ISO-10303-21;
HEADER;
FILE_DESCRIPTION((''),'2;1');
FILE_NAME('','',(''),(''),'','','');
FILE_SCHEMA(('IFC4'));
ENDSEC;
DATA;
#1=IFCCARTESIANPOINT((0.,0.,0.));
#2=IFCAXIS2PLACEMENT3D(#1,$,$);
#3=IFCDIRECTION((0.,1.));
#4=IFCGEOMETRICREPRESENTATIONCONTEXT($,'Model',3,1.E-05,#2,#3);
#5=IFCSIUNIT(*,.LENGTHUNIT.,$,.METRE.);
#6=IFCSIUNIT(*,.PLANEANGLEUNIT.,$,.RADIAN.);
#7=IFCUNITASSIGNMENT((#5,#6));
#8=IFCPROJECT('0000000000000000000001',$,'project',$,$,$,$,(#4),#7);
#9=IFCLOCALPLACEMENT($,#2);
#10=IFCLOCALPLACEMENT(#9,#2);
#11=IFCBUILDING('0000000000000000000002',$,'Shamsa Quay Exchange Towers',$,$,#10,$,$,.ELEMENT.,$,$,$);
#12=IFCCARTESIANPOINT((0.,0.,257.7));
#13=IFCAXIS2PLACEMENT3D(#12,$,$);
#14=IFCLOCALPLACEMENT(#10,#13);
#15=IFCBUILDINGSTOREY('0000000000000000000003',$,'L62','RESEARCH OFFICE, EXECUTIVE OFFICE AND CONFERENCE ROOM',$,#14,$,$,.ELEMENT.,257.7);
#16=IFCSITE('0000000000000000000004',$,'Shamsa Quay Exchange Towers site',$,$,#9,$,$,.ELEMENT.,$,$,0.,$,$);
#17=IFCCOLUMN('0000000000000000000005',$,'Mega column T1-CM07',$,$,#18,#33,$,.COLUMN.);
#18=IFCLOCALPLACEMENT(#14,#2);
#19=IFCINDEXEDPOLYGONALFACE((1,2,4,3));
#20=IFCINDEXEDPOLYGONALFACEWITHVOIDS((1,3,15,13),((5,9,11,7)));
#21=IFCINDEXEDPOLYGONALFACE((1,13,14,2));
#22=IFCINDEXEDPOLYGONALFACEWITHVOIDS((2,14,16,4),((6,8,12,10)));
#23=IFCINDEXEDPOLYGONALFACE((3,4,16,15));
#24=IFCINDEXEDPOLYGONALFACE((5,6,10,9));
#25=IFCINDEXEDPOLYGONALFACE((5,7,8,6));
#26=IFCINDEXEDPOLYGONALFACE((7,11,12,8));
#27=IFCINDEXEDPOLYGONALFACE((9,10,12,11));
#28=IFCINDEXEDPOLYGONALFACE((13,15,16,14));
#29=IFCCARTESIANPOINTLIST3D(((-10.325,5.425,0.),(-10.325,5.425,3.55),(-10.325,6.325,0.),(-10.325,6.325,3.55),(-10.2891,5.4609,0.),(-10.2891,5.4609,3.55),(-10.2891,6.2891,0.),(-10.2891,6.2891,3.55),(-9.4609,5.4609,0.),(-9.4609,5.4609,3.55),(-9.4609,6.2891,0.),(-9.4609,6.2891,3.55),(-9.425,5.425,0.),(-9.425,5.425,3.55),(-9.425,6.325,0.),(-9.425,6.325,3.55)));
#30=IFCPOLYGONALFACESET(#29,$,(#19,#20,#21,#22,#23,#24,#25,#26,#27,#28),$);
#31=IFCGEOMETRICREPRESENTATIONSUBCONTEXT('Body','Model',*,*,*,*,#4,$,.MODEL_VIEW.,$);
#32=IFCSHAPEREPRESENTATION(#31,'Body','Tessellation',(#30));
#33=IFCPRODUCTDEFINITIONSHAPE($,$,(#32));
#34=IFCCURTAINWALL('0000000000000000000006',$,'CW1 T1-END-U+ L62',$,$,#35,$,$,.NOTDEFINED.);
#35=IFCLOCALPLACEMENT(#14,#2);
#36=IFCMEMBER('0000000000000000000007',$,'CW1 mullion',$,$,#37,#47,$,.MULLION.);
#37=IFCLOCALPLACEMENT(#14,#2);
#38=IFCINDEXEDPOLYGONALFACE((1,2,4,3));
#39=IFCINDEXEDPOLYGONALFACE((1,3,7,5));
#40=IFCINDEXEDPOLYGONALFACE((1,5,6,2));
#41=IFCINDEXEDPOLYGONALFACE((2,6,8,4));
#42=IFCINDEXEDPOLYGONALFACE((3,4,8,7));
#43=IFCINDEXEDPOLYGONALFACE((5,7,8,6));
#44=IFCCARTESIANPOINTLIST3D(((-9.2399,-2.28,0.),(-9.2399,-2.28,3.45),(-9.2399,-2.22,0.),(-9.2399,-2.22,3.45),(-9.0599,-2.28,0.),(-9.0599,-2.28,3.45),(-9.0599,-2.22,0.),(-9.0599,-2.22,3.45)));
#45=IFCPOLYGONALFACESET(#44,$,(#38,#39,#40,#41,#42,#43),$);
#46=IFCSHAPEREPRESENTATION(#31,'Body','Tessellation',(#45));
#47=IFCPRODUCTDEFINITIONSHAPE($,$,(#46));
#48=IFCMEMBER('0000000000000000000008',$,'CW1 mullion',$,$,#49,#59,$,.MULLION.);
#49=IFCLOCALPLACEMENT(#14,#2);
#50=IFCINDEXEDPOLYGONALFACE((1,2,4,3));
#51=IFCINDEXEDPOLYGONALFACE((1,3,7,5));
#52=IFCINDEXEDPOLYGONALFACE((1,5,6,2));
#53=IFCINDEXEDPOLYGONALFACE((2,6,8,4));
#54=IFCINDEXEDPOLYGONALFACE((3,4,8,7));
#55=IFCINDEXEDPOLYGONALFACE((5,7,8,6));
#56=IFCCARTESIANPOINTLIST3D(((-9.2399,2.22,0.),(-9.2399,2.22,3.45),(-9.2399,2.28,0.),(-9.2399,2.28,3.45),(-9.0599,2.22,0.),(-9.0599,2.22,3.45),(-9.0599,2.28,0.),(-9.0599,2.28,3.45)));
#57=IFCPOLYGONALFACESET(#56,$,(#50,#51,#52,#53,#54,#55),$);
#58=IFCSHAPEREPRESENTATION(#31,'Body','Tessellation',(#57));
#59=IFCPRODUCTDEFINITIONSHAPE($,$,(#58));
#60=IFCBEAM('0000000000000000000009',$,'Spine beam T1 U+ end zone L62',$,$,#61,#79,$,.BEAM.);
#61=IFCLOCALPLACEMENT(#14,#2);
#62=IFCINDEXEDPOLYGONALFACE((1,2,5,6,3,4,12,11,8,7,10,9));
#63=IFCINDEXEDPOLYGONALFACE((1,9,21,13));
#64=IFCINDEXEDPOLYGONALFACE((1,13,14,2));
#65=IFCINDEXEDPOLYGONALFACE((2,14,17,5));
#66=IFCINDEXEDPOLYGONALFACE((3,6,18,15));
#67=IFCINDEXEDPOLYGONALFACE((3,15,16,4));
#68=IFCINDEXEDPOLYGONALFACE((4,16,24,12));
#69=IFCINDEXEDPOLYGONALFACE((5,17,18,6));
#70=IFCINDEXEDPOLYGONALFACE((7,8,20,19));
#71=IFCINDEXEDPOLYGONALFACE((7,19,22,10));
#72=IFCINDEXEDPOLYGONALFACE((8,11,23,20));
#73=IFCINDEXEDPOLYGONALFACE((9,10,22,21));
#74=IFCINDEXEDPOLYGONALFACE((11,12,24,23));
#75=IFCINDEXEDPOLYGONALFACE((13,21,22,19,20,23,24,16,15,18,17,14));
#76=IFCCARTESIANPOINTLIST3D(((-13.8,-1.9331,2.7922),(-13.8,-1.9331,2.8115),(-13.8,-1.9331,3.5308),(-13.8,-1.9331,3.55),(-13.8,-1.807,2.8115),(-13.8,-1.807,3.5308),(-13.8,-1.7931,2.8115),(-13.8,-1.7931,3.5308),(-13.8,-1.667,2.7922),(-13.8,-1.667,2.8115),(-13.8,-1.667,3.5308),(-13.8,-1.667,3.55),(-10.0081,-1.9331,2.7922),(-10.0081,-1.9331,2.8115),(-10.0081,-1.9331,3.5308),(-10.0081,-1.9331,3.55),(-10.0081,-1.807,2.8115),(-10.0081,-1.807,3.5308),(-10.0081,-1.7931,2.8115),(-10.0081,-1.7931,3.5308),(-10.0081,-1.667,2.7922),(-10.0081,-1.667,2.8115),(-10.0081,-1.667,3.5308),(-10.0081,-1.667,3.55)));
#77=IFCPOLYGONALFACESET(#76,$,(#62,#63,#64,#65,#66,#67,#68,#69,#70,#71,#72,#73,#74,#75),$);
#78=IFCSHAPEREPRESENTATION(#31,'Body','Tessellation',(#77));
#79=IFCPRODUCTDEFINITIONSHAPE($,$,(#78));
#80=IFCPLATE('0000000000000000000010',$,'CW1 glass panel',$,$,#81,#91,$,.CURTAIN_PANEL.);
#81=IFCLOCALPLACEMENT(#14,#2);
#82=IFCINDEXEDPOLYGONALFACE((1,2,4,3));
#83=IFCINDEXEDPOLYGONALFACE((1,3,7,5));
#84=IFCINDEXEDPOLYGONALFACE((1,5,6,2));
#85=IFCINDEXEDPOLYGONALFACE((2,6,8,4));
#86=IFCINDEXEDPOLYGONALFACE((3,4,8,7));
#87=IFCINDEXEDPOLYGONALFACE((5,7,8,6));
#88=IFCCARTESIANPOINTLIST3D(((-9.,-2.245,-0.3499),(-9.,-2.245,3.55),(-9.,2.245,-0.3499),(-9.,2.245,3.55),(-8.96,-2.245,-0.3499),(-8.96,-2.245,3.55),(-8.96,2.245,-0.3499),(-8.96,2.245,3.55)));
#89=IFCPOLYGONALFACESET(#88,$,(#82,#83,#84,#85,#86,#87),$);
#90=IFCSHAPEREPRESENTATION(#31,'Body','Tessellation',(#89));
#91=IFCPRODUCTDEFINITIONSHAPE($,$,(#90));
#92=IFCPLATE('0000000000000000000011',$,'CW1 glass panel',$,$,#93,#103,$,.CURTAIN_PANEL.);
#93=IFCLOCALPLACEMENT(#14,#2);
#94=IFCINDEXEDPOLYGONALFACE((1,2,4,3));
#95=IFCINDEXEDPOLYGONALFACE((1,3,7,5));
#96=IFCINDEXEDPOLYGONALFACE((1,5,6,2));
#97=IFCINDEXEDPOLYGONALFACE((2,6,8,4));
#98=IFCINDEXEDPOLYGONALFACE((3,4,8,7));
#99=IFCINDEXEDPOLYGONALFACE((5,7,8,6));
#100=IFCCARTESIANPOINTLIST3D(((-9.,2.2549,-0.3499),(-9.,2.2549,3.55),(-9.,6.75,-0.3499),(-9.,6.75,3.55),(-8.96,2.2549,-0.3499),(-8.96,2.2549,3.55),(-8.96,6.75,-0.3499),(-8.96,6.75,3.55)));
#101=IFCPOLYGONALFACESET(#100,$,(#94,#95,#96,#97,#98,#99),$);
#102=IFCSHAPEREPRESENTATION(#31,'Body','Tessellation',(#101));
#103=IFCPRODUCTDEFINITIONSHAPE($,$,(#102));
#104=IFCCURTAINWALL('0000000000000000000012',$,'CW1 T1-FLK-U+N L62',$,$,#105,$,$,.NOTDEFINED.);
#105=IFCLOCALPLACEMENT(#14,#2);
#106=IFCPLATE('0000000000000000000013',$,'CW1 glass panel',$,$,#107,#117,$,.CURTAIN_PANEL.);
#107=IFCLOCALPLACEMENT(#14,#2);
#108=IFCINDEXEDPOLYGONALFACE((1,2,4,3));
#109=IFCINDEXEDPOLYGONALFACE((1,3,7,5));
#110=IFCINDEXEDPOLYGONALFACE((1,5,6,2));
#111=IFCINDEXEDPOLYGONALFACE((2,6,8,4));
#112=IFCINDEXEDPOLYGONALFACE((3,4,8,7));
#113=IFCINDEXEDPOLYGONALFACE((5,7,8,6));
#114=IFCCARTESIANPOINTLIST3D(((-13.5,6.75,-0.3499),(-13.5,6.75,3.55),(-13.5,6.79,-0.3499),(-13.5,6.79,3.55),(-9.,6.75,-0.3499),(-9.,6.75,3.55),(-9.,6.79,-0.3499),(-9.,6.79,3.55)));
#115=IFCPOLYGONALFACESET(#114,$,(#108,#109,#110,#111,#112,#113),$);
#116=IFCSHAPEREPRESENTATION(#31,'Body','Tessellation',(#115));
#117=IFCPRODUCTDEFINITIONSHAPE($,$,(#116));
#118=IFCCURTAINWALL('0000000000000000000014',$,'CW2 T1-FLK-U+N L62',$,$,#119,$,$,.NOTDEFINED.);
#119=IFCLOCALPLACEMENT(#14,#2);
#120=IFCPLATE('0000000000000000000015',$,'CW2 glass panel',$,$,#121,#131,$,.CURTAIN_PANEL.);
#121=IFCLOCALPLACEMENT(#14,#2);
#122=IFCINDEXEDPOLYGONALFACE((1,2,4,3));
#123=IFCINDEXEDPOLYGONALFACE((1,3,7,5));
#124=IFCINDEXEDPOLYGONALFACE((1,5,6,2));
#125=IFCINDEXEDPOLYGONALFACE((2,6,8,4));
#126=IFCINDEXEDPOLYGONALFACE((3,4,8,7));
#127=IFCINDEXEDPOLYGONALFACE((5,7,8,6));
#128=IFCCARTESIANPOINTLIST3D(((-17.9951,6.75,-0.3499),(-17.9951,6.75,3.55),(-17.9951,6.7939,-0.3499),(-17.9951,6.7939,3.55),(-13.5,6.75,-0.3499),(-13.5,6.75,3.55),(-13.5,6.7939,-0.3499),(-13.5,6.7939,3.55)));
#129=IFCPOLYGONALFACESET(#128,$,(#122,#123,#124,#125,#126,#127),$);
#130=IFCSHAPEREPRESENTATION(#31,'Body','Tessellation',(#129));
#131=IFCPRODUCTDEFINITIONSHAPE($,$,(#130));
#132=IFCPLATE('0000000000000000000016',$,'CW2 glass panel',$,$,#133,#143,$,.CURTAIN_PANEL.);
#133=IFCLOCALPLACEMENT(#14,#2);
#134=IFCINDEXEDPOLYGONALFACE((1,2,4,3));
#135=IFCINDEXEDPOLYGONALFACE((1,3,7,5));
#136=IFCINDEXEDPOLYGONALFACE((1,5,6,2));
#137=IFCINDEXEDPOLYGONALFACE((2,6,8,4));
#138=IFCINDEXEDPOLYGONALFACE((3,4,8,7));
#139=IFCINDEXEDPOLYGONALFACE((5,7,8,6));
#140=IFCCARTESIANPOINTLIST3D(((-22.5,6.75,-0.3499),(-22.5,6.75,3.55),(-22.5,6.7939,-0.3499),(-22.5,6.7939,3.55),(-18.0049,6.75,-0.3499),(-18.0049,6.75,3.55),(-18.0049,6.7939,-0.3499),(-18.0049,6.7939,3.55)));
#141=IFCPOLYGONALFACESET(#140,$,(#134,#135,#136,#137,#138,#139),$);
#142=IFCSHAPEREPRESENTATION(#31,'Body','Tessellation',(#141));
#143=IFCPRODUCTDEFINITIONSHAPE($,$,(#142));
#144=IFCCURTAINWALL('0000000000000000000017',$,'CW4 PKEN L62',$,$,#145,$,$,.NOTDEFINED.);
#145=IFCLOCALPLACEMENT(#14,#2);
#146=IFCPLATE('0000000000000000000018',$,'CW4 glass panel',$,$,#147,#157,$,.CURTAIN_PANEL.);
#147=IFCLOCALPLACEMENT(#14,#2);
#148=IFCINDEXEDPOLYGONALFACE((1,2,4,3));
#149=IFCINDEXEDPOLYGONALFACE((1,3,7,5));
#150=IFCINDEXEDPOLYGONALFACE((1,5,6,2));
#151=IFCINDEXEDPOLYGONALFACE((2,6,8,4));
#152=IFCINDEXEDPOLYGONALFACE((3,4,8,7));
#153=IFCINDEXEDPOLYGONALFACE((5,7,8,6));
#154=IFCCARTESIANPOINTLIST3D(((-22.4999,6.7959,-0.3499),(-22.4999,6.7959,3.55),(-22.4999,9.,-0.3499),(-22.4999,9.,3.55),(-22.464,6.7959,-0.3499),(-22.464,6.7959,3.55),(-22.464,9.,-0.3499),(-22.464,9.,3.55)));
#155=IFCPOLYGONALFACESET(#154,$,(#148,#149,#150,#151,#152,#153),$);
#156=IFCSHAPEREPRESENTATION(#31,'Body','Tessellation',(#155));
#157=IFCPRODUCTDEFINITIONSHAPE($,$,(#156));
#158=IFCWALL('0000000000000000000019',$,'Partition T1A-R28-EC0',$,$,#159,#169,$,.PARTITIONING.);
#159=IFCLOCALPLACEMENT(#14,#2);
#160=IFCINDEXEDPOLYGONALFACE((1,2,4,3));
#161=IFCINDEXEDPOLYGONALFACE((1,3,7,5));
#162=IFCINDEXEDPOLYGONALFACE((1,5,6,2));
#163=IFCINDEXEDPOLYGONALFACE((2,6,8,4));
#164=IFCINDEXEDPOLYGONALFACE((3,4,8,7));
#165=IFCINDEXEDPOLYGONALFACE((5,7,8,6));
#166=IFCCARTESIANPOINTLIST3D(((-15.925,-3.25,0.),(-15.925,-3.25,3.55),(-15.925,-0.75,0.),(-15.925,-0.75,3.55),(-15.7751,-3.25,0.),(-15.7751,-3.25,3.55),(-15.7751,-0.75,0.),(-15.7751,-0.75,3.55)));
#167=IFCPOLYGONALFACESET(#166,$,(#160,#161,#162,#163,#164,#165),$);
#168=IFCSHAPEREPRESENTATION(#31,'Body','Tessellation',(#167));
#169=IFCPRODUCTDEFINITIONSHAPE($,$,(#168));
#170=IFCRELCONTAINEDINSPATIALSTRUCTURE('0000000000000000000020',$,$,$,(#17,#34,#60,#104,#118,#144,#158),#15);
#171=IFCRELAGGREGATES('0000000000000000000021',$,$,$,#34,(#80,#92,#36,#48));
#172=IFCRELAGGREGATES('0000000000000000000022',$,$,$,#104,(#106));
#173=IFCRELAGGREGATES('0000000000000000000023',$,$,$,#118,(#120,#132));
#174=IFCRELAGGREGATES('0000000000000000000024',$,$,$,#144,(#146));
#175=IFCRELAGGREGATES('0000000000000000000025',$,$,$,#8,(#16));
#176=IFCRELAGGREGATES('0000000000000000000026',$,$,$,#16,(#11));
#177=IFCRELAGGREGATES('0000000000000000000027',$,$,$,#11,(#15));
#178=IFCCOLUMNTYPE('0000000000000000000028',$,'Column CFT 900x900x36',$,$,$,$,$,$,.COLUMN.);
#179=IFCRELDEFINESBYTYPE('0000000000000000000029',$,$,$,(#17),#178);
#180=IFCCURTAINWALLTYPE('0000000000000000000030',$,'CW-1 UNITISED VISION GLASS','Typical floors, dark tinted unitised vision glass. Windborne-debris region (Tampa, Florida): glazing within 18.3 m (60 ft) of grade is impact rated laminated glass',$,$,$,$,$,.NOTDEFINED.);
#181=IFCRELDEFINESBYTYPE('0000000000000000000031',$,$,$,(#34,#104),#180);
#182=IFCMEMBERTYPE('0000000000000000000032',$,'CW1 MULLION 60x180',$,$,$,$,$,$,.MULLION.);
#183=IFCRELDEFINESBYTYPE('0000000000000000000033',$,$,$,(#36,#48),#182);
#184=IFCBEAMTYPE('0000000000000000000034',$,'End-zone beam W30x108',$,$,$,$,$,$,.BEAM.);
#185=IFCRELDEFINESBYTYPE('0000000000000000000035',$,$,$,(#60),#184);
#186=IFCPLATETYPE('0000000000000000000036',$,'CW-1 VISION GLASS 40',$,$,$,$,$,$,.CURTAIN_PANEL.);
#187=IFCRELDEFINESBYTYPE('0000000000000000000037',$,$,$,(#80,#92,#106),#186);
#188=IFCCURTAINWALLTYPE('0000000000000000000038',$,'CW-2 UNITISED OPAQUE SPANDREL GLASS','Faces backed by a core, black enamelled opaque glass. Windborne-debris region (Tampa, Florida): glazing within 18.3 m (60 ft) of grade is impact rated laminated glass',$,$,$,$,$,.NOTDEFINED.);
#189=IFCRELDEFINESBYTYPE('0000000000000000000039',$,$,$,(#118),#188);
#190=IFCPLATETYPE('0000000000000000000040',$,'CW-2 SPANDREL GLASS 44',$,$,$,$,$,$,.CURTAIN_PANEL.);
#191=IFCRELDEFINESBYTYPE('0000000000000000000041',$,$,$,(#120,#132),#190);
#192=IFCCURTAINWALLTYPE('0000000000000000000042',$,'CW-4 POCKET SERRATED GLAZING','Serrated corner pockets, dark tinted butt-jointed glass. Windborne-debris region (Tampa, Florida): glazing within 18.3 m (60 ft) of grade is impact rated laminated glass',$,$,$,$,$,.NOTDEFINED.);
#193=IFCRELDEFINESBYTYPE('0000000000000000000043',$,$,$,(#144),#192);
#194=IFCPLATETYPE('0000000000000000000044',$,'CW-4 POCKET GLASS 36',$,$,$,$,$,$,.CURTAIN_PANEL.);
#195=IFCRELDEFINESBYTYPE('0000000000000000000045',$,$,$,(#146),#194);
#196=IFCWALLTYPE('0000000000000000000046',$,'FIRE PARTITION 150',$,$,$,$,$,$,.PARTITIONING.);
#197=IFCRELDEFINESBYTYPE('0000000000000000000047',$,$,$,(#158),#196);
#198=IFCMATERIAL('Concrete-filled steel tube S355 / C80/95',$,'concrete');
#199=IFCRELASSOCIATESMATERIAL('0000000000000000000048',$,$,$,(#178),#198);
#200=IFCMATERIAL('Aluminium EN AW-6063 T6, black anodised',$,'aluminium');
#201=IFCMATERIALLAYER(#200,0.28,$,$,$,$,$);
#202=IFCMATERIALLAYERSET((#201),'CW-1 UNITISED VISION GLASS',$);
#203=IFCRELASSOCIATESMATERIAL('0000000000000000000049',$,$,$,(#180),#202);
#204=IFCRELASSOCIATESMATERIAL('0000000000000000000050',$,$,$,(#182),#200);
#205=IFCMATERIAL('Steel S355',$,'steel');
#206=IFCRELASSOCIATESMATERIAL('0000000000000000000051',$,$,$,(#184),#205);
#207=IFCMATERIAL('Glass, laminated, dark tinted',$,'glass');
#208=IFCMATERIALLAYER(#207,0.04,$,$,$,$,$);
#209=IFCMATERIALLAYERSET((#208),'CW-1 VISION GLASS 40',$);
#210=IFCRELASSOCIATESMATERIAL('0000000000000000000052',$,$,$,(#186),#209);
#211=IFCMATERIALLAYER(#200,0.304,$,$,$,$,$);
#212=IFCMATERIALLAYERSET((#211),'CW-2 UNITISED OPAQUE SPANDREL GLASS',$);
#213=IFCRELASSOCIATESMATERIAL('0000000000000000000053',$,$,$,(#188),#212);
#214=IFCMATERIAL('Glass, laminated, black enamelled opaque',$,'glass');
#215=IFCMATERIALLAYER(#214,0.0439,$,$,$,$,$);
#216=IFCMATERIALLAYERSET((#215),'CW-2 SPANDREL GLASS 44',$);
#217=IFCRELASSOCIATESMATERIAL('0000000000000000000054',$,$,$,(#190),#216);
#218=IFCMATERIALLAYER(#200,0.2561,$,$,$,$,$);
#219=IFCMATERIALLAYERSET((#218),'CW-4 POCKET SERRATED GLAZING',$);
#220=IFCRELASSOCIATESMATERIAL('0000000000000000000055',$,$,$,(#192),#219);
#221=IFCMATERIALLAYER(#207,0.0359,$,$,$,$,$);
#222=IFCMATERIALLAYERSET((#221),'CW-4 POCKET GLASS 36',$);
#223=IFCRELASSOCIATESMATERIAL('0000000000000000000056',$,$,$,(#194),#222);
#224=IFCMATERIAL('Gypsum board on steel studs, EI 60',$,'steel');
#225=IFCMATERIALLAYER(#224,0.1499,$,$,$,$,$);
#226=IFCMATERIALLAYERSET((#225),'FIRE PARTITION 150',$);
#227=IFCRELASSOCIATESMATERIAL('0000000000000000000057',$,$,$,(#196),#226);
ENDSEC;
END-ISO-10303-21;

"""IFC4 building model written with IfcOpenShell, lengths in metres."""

from ifc_helpers import new_model, si_unit, direction, frame, frame_2d, origin, origin_2d, place, context, subcontext, project, spatial, rectangle, hollow_rectangle, i_section, extrude, material, layer, layer_set, material_profile, profile_set, type_object, element, aggregate, save


model = new_model("IFC4")

# Units and contexts
model_context = context("Model", 3, precision=1e-05, world=origin(), true_north=direction((0.0, 1.0)))
body_context = subcontext(model_context, "Body", "Model", "MODEL_VIEW")
ifc_project = project(units=[si_unit("LENGTHUNIT", "METRE"), si_unit("PLANEANGLEUNIT", "RADIAN")], contexts=[model_context])

# Site, building, storey
site_placement = place(None, origin())
site = spatial("IfcSite", under=ifc_project, at=site_placement, Name="Shamsa Quay Exchange Towers site", CompositionType="ELEMENT", RefElevation=0.0)
building_placement = place(site_placement, origin())
building = spatial("IfcBuilding", under=site, at=building_placement, Name="Shamsa Quay Exchange Towers", CompositionType="ELEMENT")
storey_placement = place(building_placement, frame((0.0, 0.0, 257.7)))
storey = spatial("IfcBuildingStorey", under=building, at=storey_placement, Name="L62", Description="RESEARCH OFFICE, EXECUTIVE OFFICE AND CONFERENCE ROOM", CompositionType="ELEMENT", Elevation=257.7)

# Column
ifc_material_1 = material(Name="Concrete-filled steel tube S355 / C80/95", Category="concrete")
ifc_material_profile_1 = material_profile(ifc_material_1, hollow_rectangle(XDim=0.8999, YDim=0.8999, WallThickness=0.0359, at=origin_2d()), Name="CFT 900x900x36")
ifc_profile_set_1 = profile_set([ifc_material_profile_1], Name="Concrete-filled steel tube S355 / C80/95")
column_type = type_object("IfcColumnType", Name="Column CFT 900x900x36", PredefinedType="COLUMN", material=ifc_profile_set_1)
column_placement = place(storey_placement, frame((-9.875, 5.875, 0.0)))
element("IfcColumn", 1, at=column_placement, inside=storey, type_object=column_type, Name="Mega column T1-CM07", PredefinedType="COLUMN", context=body_context, shape_type="SweptSolid", body=[
    extrude(hollow_rectangle(XDim=0.8999, YDim=0.8999, WallThickness=0.0359, at=origin_2d()), origin(), (0.0, 0.0, 1.0), 3.55),
])

# Curtain wall, members
ifc_material_2 = material(Name="Aluminium EN AW-6063 T6, black anodised", Category="aluminium")
ifc_layer_1 = layer(ifc_material_2, 0.28)
ifc_layer_set_1 = layer_set([ifc_layer_1], Name="CW-1 UNITISED VISION GLASS")
curtain_wall_type_1 = type_object("IfcCurtainWallType", Name="CW-1 UNITISED VISION GLASS", Description="Typical floors, dark tinted unitised vision glass. Windborne-debris region (Tampa, Florida): glazing within 18.3 m (60 ft) of grade is impact rated laminated glass", PredefinedType="NOTDEFINED", material=ifc_layer_set_1)
curtain_wall_1_placement = place(storey_placement, origin())
curtain_wall_1 = element("IfcCurtainWall", 2, at=curtain_wall_1_placement, inside=storey, type_object=curtain_wall_type_1, Name="CW1 T1-END-U+ L62", PredefinedType="NOTDEFINED")
ifc_material_profile_2 = material_profile(ifc_material_2, rectangle(XDim=0.1799, YDim=0.0601, at=origin_2d()), Name="MU60x180")
ifc_profile_set_2 = profile_set([ifc_material_profile_2], Name="Aluminium EN AW-6063 T6, black anodised")
member_type = type_object("IfcMemberType", Name="CW1 MULLION 60x180", PredefinedType="MULLION", material=ifc_profile_set_2)
member_1_placement = place(storey_placement, frame((-9.1499, -2.25, 0.0), z_axis=(0.0, 0.0, 1.0), x_axis=(-1.0, 0.0, 0.0)))
member_1 = element("IfcMember", 3, at=member_1_placement, type_object=member_type, Name="CW1 mullion", PredefinedType="MULLION", context=body_context, shape_type="SweptSolid", body=[
    extrude(rectangle(XDim=0.1799, YDim=0.0601, at=origin_2d()), origin(), (0.0, 0.0, 1.0), 3.45),
])
member_2_placement = place(storey_placement, frame((-9.1499, 2.25, 0.0), z_axis=(0.0, 0.0, 1.0), x_axis=(-1.0, 0.0, 0.0)))
member_2 = element("IfcMember", 4, at=member_2_placement, type_object=member_type, Name="CW1 mullion", PredefinedType="MULLION", context=body_context, shape_type="SweptSolid", body=[
    extrude(rectangle(XDim=0.1799, YDim=0.0601, at=origin_2d()), origin(), (0.0, 0.0, 1.0), 3.45),
])

# Beam
ifc_material_3 = material(Name="Steel S355", Category="steel")
ifc_material_profile_3 = material_profile(ifc_material_3, i_section(OverallWidth=0.2661, OverallDepth=0.7578, WebThickness=0.0139, FlangeThickness=0.0193, at=origin_2d()), Name="W30x108")
ifc_profile_set_3 = profile_set([ifc_material_profile_3], Name="Steel S355")
beam_type = type_object("IfcBeamType", Name="End-zone beam W30x108", PredefinedType="BEAM", material=ifc_profile_set_3)
beam_placement = place(storey_placement, frame((-13.8, -1.8, 3.1711), z_axis=(1.0, 0.0, 0.0), x_axis=(0.0, 1.0, 0.0)))
element("IfcBeam", 5, at=beam_placement, inside=storey, type_object=beam_type, Name="Spine beam T1 U+ end zone L62", PredefinedType="BEAM", context=body_context, shape_type="SweptSolid", body=[
    extrude(i_section(OverallWidth=0.2661, OverallDepth=0.7578, WebThickness=0.0139, FlangeThickness=0.0193, at=origin_2d()), origin(), (0.0, 0.0, 1.0), 3.792),
])

# Plates
ifc_material_4 = material(Name="Glass, laminated, dark tinted", Category="glass")
ifc_layer_2 = layer(ifc_material_4, 0.04)
ifc_layer_set_2 = layer_set([ifc_layer_2], Name="CW-1 VISION GLASS 40")
plate_type_1 = type_object("IfcPlateType", Name="CW-1 VISION GLASS 40", PredefinedType="CURTAIN_PANEL", material=ifc_layer_set_2)
plate_1_placement = place(storey_placement, frame((-8.98, 0.0, -0.3499), z_axis=(0.0, 0.0, 1.0), x_axis=(0.0, 1.0, 0.0)))
plate_1 = element("IfcPlate", 6, at=plate_1_placement, type_object=plate_type_1, Name="CW1 glass panel", PredefinedType="CURTAIN_PANEL", context=body_context, shape_type="SweptSolid", body=[
    extrude(rectangle(XDim=4.49, YDim=0.04, at=origin_2d()), origin(), (0.0, 0.0, 1.0), 3.8999),
])
plate_2_placement = place(storey_placement, frame((-8.98, 4.5024, -0.3499), z_axis=(0.0, 0.0, 1.0), x_axis=(0.0, 1.0, 0.0)))
plate_2 = element("IfcPlate", 7, at=plate_2_placement, type_object=plate_type_1, Name="CW1 glass panel", PredefinedType="CURTAIN_PANEL", context=body_context, shape_type="SweptSolid", body=[
    extrude(rectangle(XDim=4.4951, YDim=0.04, at=origin_2d()), origin(), (0.0, 0.0, 1.0), 3.8999),
])
aggregate(curtain_wall_1, [plate_1, plate_2, member_1, member_2])

# Curtain wall, plate
curtain_wall_2_placement = place(storey_placement, origin())
curtain_wall_2 = element("IfcCurtainWall", 8, at=curtain_wall_2_placement, inside=storey, type_object=curtain_wall_type_1, Name="CW1 T1-FLK-U+N L62", PredefinedType="NOTDEFINED")
plate_3_placement = place(storey_placement, frame((-11.25, 6.77, -0.3499), z_axis=(0.0, 0.0, 1.0), x_axis=(-1.0, 0.0, 0.0)))
plate_3 = element("IfcPlate", 9, at=plate_3_placement, type_object=plate_type_1, Name="CW1 glass panel", PredefinedType="CURTAIN_PANEL", context=body_context, shape_type="SweptSolid", body=[
    extrude(rectangle(XDim=4.5, YDim=0.04, at=origin_2d()), origin(), (0.0, 0.0, 1.0), 3.8999),
])
aggregate(curtain_wall_2, [plate_3])

# Curtain wall, plates
ifc_layer_3 = layer(ifc_material_2, 0.304)
ifc_layer_set_3 = layer_set([ifc_layer_3], Name="CW-2 UNITISED OPAQUE SPANDREL GLASS")
curtain_wall_type_2 = type_object("IfcCurtainWallType", Name="CW-2 UNITISED OPAQUE SPANDREL GLASS", Description="Faces backed by a core, black enamelled opaque glass. Windborne-debris region (Tampa, Florida): glazing within 18.3 m (60 ft) of grade is impact rated laminated glass", PredefinedType="NOTDEFINED", material=ifc_layer_set_3)
curtain_wall_3_placement = place(storey_placement, origin())
curtain_wall_3 = element("IfcCurtainWall", 10, at=curtain_wall_3_placement, inside=storey, type_object=curtain_wall_type_2, Name="CW2 T1-FLK-U+N L62", PredefinedType="NOTDEFINED")
ifc_material_5 = material(Name="Glass, laminated, black enamelled opaque", Category="glass")
ifc_layer_4 = layer(ifc_material_5, 0.0439)
ifc_layer_set_4 = layer_set([ifc_layer_4], Name="CW-2 SPANDREL GLASS 44")
plate_type_2 = type_object("IfcPlateType", Name="CW-2 SPANDREL GLASS 44", PredefinedType="CURTAIN_PANEL", material=ifc_layer_set_4)
plate_4_placement = place(storey_placement, frame((-15.7476, 6.772, -0.3499), z_axis=(0.0, 0.0, 1.0), x_axis=(-1.0, 0.0, 0.0)))
plate_4 = element("IfcPlate", 11, at=plate_4_placement, type_object=plate_type_2, Name="CW2 glass panel", PredefinedType="CURTAIN_PANEL", context=body_context, shape_type="SweptSolid", body=[
    extrude(rectangle(XDim=4.4951, YDim=0.0439, at=origin_2d()), origin(), (0.0, 0.0, 1.0), 3.8999),
])
plate_5_placement = place(storey_placement, frame((-20.2524, 6.772, -0.3499), z_axis=(0.0, 0.0, 1.0), x_axis=(-1.0, 0.0, 0.0)))
plate_5 = element("IfcPlate", 12, at=plate_5_placement, type_object=plate_type_2, Name="CW2 glass panel", PredefinedType="CURTAIN_PANEL", context=body_context, shape_type="SweptSolid", body=[
    extrude(rectangle(XDim=4.4951, YDim=0.0439, at=origin_2d()), origin(), (0.0, 0.0, 1.0), 3.8999),
])
aggregate(curtain_wall_3, [plate_4, plate_5])

# Curtain wall, plate
ifc_layer_5 = layer(ifc_material_2, 0.2561)
ifc_layer_set_5 = layer_set([ifc_layer_5], Name="CW-4 POCKET SERRATED GLAZING")
curtain_wall_type_3 = type_object("IfcCurtainWallType", Name="CW-4 POCKET SERRATED GLAZING", Description="Serrated corner pockets, dark tinted butt-jointed glass. Windborne-debris region (Tampa, Florida): glazing within 18.3 m (60 ft) of grade is impact rated laminated glass", PredefinedType="NOTDEFINED", material=ifc_layer_set_5)
curtain_wall_4_placement = place(storey_placement, origin())
curtain_wall_4 = element("IfcCurtainWall", 13, at=curtain_wall_4_placement, inside=storey, type_object=curtain_wall_type_3, Name="CW4 PKEN L62", PredefinedType="NOTDEFINED")
ifc_layer_6 = layer(ifc_material_4, 0.0359)
ifc_layer_set_6 = layer_set([ifc_layer_6], Name="CW-4 POCKET GLASS 36")
plate_type_3 = type_object("IfcPlateType", Name="CW-4 POCKET GLASS 36", PredefinedType="CURTAIN_PANEL", material=ifc_layer_set_6)
plate_6_placement = place(storey_placement, frame((-22.4819, 7.8979, -0.3499), z_axis=(0.0, 0.0, 1.0), x_axis=(0.0, 1.0, 0.0)))
plate_6 = element("IfcPlate", 14, at=plate_6_placement, type_object=plate_type_3, Name="CW4 glass panel", PredefinedType="CURTAIN_PANEL", context=body_context, shape_type="SweptSolid", body=[
    extrude(rectangle(XDim=2.2041, YDim=0.0359, at=origin_2d()), origin(), (0.0, 0.0, 1.0), 3.8999),
])
aggregate(curtain_wall_4, [plate_6])

# Wall
ifc_material_6 = material(Name="Gypsum board on steel studs, EI 60", Category="steel")
ifc_layer_7 = layer(ifc_material_6, 0.1499)
ifc_layer_set_7 = layer_set([ifc_layer_7], Name="FIRE PARTITION 150")
wall_type_1 = type_object("IfcWallType", Name="FIRE PARTITION 150", PredefinedType="PARTITIONING", material=ifc_layer_set_7)
wall_1_placement = place(storey_placement, frame((-15.8501, -3.25, 0.0), z_axis=(0.0, 0.0, 1.0), x_axis=(0.0, 1.0, 0.0)))
element("IfcWall", 15, at=wall_1_placement, inside=storey, type_object=wall_type_1, Name="Partition T1A-R28-EC0", PredefinedType="PARTITIONING", context=body_context, shape_type="SweptSolid", body=[
    extrude(rectangle(XDim=2.5, YDim=0.1499, at=frame_2d((1.25, 0.0))), origin(), (0.0, 0.0, 1.0), 3.55),
])

save(model, "model.ifc")
